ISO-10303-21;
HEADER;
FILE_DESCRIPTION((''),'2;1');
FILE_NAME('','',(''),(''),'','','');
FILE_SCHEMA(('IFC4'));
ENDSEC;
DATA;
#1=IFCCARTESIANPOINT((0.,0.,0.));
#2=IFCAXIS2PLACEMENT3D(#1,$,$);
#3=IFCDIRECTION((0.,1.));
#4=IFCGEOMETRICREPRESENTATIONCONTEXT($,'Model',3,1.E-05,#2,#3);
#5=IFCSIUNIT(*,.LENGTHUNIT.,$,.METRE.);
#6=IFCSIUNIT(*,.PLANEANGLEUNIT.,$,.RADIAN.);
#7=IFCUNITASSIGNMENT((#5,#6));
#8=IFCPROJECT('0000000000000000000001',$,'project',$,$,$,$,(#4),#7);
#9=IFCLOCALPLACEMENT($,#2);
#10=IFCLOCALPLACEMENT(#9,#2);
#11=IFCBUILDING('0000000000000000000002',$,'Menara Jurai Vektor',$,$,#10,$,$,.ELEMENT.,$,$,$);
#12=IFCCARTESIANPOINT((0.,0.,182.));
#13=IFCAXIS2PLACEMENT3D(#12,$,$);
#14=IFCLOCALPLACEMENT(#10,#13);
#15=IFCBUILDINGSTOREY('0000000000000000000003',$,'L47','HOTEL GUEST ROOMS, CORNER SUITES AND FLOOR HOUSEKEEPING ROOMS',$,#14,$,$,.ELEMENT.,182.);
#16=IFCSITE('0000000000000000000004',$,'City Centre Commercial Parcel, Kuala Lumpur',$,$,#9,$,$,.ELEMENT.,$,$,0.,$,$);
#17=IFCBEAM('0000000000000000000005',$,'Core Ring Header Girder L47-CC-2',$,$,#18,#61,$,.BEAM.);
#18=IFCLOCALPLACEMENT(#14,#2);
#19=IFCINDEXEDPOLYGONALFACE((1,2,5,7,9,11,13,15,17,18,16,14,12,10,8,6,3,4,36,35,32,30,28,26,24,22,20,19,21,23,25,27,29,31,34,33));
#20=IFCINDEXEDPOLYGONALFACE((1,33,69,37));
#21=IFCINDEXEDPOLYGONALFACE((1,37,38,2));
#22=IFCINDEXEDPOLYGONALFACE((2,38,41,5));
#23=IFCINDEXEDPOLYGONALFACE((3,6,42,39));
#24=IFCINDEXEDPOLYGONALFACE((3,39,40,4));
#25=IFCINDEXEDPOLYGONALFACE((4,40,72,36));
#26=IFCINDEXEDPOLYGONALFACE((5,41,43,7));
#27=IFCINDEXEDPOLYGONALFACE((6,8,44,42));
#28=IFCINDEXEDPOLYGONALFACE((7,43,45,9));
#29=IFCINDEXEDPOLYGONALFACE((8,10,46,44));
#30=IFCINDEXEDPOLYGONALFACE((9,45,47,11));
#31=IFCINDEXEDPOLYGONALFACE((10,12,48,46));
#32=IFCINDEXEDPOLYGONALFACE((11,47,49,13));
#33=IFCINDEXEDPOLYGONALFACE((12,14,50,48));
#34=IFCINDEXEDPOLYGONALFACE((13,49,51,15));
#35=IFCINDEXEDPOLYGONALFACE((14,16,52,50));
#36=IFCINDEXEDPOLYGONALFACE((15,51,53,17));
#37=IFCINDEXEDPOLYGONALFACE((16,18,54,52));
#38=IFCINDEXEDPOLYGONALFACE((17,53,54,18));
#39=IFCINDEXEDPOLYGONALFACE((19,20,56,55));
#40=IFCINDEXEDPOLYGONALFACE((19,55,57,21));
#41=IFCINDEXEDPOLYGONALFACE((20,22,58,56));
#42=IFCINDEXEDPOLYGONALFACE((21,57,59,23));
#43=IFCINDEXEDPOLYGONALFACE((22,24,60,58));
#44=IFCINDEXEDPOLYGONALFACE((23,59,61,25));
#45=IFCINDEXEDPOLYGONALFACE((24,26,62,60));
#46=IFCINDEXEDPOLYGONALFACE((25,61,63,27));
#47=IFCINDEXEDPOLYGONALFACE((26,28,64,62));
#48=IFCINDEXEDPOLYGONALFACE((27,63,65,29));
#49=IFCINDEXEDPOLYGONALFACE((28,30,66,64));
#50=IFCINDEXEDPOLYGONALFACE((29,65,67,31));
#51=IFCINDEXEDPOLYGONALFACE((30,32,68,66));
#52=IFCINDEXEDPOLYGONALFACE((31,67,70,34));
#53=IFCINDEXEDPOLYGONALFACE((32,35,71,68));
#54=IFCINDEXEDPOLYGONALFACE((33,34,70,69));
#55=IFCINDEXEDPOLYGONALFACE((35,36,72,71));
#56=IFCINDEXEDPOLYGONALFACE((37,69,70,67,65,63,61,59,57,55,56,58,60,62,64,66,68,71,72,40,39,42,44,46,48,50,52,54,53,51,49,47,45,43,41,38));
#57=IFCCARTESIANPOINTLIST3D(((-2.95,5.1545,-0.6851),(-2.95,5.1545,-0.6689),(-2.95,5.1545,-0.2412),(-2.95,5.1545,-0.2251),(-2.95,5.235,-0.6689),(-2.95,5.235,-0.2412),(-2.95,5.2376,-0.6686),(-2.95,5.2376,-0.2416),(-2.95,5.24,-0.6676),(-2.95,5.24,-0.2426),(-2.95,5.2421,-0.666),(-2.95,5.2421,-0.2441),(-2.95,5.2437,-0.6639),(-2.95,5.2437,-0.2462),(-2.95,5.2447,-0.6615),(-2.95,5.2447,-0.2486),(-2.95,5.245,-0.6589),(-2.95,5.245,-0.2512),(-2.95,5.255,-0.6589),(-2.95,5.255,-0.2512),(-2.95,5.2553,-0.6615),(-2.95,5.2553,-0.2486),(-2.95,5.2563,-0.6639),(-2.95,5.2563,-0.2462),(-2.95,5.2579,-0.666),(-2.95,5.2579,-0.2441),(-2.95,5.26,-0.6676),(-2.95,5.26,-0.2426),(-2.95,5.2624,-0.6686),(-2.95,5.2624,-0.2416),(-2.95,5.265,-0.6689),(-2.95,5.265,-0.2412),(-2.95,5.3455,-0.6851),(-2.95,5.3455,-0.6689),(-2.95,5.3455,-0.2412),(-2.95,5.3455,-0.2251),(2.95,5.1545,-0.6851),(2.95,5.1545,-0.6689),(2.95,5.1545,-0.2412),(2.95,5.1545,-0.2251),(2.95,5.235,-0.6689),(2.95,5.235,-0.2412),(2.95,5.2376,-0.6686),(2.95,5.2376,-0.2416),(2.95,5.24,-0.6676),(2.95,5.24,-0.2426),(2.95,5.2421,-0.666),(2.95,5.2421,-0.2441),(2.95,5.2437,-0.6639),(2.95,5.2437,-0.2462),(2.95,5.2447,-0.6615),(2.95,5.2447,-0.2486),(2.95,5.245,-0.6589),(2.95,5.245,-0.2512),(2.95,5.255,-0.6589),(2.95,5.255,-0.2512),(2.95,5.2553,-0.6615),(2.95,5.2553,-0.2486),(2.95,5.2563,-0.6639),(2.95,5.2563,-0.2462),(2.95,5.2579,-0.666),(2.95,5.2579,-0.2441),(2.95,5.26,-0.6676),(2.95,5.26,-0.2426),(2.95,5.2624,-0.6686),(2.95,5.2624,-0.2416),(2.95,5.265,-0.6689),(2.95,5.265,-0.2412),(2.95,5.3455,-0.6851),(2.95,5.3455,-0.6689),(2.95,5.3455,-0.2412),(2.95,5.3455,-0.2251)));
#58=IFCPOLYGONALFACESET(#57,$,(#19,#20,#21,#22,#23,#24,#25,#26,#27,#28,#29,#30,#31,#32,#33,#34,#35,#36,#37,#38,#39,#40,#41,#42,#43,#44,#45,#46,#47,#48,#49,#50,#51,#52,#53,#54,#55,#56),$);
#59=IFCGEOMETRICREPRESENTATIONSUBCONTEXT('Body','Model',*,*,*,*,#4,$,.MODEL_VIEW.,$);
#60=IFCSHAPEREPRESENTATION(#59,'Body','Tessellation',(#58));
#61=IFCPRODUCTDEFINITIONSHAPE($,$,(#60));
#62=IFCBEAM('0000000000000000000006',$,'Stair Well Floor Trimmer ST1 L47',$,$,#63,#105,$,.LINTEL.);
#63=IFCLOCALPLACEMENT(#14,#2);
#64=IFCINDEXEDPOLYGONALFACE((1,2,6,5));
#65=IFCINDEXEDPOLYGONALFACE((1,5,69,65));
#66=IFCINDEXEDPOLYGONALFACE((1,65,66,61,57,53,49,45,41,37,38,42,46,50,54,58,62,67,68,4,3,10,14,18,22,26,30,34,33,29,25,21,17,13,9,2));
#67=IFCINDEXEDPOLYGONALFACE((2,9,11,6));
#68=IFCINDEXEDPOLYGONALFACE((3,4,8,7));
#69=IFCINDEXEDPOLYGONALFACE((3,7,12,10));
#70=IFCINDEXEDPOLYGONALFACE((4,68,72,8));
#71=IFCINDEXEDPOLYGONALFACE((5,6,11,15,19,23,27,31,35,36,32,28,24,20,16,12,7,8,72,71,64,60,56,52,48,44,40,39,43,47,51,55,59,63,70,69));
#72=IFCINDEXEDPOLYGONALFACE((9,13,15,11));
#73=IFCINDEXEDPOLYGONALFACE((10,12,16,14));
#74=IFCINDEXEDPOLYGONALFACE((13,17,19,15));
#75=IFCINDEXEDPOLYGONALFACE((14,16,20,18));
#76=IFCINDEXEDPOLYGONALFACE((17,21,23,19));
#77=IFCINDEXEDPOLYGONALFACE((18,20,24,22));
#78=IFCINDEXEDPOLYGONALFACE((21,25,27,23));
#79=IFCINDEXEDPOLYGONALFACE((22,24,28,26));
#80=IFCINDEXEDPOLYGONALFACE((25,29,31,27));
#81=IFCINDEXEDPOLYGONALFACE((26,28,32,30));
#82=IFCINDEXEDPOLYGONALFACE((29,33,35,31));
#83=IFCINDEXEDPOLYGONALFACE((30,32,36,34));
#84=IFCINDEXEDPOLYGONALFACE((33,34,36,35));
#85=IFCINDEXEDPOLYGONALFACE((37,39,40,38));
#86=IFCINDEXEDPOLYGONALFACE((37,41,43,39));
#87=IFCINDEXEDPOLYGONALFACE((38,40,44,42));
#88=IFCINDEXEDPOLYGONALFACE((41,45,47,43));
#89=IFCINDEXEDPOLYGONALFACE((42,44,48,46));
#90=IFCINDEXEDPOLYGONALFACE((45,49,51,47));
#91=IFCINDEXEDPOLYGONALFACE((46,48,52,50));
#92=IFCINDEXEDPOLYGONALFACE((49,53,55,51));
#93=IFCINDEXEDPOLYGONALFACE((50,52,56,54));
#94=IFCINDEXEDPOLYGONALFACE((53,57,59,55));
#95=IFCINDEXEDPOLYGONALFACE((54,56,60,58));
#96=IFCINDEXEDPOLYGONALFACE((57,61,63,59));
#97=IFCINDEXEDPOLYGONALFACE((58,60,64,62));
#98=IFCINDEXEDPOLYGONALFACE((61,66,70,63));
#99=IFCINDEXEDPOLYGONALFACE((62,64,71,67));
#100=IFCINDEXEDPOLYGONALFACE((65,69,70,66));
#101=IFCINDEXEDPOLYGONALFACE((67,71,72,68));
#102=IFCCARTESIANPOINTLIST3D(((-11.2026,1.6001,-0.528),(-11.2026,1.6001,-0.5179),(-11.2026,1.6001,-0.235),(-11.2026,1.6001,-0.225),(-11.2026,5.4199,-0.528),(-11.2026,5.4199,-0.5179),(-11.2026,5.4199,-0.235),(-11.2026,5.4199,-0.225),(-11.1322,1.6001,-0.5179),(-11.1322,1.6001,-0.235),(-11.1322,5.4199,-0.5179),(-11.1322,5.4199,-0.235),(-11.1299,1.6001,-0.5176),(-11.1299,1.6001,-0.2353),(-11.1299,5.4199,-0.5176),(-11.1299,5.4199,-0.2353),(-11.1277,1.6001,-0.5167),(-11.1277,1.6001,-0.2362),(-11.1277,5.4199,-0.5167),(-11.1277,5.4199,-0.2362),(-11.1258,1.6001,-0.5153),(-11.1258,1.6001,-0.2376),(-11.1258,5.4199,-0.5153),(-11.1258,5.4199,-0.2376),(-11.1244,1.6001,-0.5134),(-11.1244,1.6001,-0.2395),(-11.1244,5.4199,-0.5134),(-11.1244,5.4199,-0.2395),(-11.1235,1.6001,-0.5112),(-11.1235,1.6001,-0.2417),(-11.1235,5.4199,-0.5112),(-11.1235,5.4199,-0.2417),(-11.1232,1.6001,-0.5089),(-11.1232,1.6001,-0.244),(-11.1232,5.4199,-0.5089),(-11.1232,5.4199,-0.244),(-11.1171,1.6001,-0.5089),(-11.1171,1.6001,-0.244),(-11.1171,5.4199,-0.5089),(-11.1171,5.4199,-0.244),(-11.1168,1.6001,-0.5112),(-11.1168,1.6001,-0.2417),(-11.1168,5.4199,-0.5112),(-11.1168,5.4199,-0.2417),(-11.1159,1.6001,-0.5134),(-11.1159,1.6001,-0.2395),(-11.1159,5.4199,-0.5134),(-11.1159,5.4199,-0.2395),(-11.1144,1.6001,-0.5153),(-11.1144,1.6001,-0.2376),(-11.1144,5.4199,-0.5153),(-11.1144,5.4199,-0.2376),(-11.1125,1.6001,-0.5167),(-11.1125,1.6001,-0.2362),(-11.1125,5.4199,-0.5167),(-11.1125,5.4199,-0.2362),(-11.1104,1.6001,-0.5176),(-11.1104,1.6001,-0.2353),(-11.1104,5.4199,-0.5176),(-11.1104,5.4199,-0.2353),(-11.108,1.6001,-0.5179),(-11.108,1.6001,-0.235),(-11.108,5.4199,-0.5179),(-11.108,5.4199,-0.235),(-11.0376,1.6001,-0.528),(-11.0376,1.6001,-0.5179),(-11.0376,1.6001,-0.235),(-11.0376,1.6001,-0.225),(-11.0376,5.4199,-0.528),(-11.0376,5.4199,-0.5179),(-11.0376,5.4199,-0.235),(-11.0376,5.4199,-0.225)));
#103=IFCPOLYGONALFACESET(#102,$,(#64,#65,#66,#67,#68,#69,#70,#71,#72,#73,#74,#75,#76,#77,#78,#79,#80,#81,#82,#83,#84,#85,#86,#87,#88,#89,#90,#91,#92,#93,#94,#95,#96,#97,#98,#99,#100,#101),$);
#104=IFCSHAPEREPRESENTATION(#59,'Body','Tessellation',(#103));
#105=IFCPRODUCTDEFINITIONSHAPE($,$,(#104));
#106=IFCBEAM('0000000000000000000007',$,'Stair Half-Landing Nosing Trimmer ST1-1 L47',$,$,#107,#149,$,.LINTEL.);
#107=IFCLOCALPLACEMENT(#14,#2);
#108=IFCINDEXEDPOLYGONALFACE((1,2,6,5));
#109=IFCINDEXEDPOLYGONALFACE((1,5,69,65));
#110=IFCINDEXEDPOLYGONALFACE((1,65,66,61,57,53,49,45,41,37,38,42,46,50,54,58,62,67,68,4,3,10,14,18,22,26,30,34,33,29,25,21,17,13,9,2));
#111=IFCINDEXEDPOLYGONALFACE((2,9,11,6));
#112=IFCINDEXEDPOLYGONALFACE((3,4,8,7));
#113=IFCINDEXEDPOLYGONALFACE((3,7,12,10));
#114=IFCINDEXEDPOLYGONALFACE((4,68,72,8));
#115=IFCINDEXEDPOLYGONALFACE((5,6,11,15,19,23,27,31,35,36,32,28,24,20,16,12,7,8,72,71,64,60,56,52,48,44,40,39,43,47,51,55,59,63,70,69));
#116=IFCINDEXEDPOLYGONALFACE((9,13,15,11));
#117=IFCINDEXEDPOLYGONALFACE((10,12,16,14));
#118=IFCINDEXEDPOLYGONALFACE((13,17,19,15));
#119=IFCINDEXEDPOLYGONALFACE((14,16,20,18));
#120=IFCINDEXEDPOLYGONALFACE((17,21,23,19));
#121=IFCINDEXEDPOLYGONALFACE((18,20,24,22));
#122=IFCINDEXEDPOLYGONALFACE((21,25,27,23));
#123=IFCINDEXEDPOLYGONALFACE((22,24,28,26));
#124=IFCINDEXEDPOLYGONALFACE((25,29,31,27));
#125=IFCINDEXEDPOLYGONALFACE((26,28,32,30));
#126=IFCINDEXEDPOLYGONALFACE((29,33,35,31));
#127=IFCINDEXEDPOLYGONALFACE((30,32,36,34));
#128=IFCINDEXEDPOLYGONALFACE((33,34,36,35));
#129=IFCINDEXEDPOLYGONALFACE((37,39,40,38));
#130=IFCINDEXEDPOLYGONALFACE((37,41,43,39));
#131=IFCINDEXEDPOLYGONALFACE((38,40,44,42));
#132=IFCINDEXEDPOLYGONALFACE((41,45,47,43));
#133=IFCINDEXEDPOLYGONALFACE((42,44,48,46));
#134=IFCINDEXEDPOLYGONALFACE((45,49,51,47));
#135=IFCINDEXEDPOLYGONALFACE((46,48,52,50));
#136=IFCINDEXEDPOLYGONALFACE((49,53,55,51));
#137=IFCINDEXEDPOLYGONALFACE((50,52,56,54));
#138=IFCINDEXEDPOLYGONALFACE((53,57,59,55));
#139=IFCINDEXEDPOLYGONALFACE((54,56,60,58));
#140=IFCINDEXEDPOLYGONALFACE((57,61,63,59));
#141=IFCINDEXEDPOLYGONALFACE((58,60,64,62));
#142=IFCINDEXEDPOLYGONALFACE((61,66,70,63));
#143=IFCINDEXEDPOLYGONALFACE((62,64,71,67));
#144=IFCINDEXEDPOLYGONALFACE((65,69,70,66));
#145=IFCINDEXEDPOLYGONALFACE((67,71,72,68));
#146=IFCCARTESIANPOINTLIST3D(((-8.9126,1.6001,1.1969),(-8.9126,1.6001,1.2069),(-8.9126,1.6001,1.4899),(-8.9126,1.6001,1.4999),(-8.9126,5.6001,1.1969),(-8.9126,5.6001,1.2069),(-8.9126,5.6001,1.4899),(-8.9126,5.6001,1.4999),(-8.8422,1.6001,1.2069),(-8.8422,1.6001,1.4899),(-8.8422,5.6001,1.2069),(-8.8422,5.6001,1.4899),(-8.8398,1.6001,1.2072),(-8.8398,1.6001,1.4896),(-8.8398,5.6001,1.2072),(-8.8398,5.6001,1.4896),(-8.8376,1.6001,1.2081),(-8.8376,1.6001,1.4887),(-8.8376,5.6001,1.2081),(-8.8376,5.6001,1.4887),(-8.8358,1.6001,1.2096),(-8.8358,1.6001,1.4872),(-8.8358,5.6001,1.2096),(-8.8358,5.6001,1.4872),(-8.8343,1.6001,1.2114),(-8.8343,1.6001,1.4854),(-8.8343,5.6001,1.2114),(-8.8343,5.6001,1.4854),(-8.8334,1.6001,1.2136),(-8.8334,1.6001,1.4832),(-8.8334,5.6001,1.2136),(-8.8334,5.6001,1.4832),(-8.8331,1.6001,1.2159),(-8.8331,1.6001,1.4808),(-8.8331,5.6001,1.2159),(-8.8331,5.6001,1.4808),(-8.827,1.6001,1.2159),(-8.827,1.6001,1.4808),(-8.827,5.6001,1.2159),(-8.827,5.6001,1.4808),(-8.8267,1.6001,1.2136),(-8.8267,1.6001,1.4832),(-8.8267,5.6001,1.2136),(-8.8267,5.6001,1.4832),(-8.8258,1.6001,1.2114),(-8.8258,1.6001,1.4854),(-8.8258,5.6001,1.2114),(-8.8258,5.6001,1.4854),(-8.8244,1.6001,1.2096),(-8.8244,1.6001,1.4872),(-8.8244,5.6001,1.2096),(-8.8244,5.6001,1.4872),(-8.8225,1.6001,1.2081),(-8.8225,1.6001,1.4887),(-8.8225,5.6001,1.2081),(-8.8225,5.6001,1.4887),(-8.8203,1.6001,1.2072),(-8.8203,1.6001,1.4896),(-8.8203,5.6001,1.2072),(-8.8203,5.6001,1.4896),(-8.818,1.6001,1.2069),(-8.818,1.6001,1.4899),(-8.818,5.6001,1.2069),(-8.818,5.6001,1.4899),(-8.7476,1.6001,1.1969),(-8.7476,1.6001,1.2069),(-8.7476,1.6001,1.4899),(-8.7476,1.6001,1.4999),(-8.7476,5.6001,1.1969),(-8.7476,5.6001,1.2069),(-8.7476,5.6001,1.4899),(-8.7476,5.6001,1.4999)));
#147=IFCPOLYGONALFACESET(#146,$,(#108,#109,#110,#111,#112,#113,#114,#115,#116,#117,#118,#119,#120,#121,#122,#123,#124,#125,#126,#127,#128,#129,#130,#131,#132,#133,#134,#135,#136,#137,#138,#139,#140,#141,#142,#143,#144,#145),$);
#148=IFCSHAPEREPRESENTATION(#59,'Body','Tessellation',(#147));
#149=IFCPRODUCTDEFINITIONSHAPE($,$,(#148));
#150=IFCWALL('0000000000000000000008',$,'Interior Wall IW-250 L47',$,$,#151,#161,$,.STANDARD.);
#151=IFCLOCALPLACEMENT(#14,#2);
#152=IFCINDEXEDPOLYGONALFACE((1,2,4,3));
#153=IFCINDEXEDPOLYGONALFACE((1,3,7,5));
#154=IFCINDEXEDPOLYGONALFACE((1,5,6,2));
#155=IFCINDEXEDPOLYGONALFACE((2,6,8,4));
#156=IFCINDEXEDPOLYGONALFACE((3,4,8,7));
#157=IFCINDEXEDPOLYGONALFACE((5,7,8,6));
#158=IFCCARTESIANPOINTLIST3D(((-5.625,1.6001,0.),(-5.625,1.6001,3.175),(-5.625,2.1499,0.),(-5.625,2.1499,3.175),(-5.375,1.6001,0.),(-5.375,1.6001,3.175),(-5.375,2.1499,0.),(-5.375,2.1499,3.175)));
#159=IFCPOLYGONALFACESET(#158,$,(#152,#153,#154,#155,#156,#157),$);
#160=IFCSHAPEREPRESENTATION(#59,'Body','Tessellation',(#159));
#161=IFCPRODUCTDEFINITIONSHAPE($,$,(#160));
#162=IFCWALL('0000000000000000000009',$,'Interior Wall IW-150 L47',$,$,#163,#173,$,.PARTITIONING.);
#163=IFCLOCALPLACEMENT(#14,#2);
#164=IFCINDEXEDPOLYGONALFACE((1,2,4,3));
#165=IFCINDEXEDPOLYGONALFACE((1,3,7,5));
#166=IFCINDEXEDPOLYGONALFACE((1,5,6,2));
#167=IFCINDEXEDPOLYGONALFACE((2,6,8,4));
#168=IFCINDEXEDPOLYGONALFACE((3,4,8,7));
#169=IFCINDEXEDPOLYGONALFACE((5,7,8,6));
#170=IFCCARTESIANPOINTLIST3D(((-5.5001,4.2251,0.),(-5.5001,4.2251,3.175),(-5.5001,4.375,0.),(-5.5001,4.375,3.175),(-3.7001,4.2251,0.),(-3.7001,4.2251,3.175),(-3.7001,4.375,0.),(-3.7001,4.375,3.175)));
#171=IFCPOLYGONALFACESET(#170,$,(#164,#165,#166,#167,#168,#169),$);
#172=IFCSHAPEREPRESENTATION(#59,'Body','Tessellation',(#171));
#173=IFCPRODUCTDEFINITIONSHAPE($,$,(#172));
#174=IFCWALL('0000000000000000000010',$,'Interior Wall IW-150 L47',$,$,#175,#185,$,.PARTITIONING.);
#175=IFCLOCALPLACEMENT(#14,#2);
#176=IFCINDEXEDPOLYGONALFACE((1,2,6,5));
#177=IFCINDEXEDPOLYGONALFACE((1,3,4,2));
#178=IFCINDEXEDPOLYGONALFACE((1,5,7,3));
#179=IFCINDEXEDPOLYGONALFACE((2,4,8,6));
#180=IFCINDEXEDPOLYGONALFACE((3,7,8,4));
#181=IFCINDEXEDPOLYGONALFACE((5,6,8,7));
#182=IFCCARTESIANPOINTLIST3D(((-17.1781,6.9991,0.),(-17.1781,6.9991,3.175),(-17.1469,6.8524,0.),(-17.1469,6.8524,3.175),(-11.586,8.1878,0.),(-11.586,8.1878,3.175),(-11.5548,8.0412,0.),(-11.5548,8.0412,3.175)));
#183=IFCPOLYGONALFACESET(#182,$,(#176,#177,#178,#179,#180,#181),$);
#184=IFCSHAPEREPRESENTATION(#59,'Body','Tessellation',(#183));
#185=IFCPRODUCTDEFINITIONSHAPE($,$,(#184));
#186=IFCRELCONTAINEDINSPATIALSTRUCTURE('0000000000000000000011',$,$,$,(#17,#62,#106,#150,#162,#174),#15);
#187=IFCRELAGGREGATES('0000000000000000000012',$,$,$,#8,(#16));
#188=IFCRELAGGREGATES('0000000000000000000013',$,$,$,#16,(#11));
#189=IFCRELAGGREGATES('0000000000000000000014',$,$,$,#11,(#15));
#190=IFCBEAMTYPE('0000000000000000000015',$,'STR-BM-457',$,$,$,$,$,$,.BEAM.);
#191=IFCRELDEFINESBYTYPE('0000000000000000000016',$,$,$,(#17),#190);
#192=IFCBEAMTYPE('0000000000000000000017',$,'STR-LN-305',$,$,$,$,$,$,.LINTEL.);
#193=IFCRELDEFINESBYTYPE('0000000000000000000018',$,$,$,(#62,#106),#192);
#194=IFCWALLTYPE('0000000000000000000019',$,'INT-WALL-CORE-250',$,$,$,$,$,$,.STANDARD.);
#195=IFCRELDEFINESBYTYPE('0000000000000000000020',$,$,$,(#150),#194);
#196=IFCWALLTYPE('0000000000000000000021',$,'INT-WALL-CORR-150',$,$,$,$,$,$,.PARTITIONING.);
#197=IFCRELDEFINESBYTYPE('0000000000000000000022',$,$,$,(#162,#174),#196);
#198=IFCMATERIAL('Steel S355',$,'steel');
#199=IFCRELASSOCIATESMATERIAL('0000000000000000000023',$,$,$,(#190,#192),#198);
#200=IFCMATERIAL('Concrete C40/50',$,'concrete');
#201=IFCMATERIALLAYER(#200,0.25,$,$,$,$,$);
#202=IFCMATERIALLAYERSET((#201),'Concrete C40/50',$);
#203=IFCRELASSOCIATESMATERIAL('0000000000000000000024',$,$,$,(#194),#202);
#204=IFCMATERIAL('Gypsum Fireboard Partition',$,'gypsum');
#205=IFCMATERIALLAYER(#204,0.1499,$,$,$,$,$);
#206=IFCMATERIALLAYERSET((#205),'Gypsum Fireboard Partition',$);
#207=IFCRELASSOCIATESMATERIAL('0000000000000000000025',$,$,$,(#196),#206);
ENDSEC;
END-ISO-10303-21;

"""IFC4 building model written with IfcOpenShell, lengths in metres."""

from ifc_helpers import new_model, si_unit, direction, frame, frame_2d, origin, origin_2d, place, context, subcontext, project, spatial, rectangle, i_section, extrude, material, layer, layer_set, material_profile, profile_set, type_object, element, save


model = new_model("IFC4")

# Units and contexts
model_context = context("Model", 3, precision=1e-05, world=origin(), true_north=direction((0.0, 1.0)))
body_context = subcontext(model_context, "Body", "Model", "MODEL_VIEW")
ifc_project = project(units=[si_unit("LENGTHUNIT", "METRE"), si_unit("PLANEANGLEUNIT", "RADIAN")], contexts=[model_context])

# Site, building, storey
site_placement = place(None, origin())
site = spatial("IfcSite", under=ifc_project, at=site_placement, Name="City Centre Commercial Parcel, Kuala Lumpur", CompositionType="ELEMENT", RefElevation=0.0)
building_placement = place(site_placement, origin())
building = spatial("IfcBuilding", under=site, at=building_placement, Name="Menara Jurai Vektor", CompositionType="ELEMENT")
storey_placement = place(building_placement, frame((0.0, 0.0, 182.0)))
storey = spatial("IfcBuildingStorey", under=building, at=storey_placement, Name="L47", Description="HOTEL GUEST ROOMS, CORNER SUITES AND FLOOR HOUSEKEEPING ROOMS", CompositionType="ELEMENT", Elevation=182.0)

# Shared definitions
ifc_material_1 = material(Name="Steel S355", Category="steel")

# Beams
ifc_material_profile_1 = material_profile(ifc_material_1, i_section(OverallWidth=0.1909, OverallDepth=0.46, WebThickness=0.01, FlangeThickness=0.0161, FilletRadius=0.01, at=origin_2d()), Name="UKB 457x191x82")
ifc_profile_set_1 = profile_set([ifc_material_profile_1], Name="Steel S355")
beam_type_1 = type_object("IfcBeamType", Name="STR-BM-457", PredefinedType="BEAM", material=ifc_profile_set_1)
beam_1_placement = place(storey_placement, frame((-2.95, 5.25, -0.4551), z_axis=(1.0, 0.0, 0.0), x_axis=(0.0, 1.0, 0.0)))
element("IfcBeam", 1, at=beam_1_placement, inside=storey, type_object=beam_type_1, Name="Core Ring Header Girder L47-CC-2", PredefinedType="BEAM", context=body_context, shape_type="SweptSolid", body=[
    extrude(i_section(OverallWidth=0.1909, OverallDepth=0.46, WebThickness=0.01, FlangeThickness=0.0161, FilletRadius=0.01, at=origin_2d()), origin(), (0.0, 0.0, 1.0), 5.8999),
])
ifc_material_profile_2 = material_profile(ifc_material_1, i_section(OverallWidth=0.165, OverallDepth=0.303, WebThickness=0.0061, FlangeThickness=0.01, FilletRadius=0.009, at=origin_2d()), Name="UKB 305x165x40")
ifc_profile_set_2 = profile_set([ifc_material_profile_2], Name="Steel S355")
beam_type_2 = type_object("IfcBeamType", Name="STR-LN-305", PredefinedType="LINTEL", material=ifc_profile_set_2)
beam_2_placement = place(storey_placement, frame((-11.1201, 1.6001, -0.3765), z_axis=(0.0, 1.0, 0.0), x_axis=(-1.0, 0.0, 0.0)))
element("IfcBeam", 2, at=beam_2_placement, inside=storey, type_object=beam_type_2, Name="Stair Well Floor Trimmer ST1 L47", PredefinedType="LINTEL", context=body_context, shape_type="SweptSolid", body=[
    extrude(i_section(OverallWidth=0.165, OverallDepth=0.303, WebThickness=0.0061, FlangeThickness=0.01, FilletRadius=0.009, at=origin_2d()), origin(), (0.0, 0.0, 1.0), 3.8198),
])
beam_3_placement = place(storey_placement, frame((-8.8301, 1.6001, 1.3484), z_axis=(0.0, 1.0, 0.0), x_axis=(-1.0, 0.0, 0.0)))
element("IfcBeam", 3, at=beam_3_placement, inside=storey, type_object=beam_type_2, Name="Stair Half-Landing Nosing Trimmer ST1-1 L47", PredefinedType="LINTEL", context=body_context, shape_type="SweptSolid", body=[
    extrude(i_section(OverallWidth=0.165, OverallDepth=0.303, WebThickness=0.0061, FlangeThickness=0.01, FilletRadius=0.009, at=origin_2d()), origin(), (0.0, 0.0, 1.0), 4.0),
])

# Shared definitions
ifc_material_2 = material(Name="Concrete C40/50", Category="concrete")
ifc_layer_1 = layer(ifc_material_2, 0.25)
ifc_layer_set_1 = layer_set([ifc_layer_1], Name="Concrete C40/50")
wall_type_1 = type_object("IfcWallType", Name="INT-WALL-CORE-250", PredefinedType="STANDARD", material=ifc_layer_set_1)

# Walls
wall_1_placement = place(storey_placement, frame((-5.5, 1.6001, 0.0), z_axis=(0.0, 0.0, 1.0), x_axis=(0.0, 1.0, 0.0)))
element("IfcWall", 4, at=wall_1_placement, inside=storey, type_object=wall_type_1, Name="Interior Wall IW-250 L47", PredefinedType="STANDARD", context=body_context, shape_type="SweptSolid", body=[
    extrude(rectangle(XDim=0.5498, YDim=0.25, at=frame_2d((0.2749, 0.0))), origin(), (0.0, 0.0, 1.0), 3.175),
])
ifc_material_3 = material(Name="Gypsum Fireboard Partition", Category="gypsum")
ifc_layer_2 = layer(ifc_material_3, 0.1499)
ifc_layer_set_2 = layer_set([ifc_layer_2], Name="Gypsum Fireboard Partition")
wall_type_2 = type_object("IfcWallType", Name="INT-WALL-CORR-150", PredefinedType="PARTITIONING", material=ifc_layer_set_2)
wall_2_placement = place(storey_placement, frame((-5.5, 4.3, 0.0), z_axis=(0.0, 0.0, 1.0), x_axis=(1.0, 0.0, 0.0)))
element("IfcWall", 5, at=wall_2_placement, inside=storey, type_object=wall_type_2, Name="Interior Wall IW-150 L47", PredefinedType="PARTITIONING", context=body_context, shape_type="SweptSolid", body=[
    extrude(rectangle(XDim=1.8, YDim=0.1499, at=frame_2d((0.8999, 0.0))), origin(), (0.0, 0.0, 1.0), 3.175),
])
wall_3_placement = place(storey_placement, frame((-17.1624, 6.9258, 0.0), z_axis=(0.0, 0.0, 1.0), x_axis=(0.978144, 0.207928, 0.0)))
element("IfcWall", 6, at=wall_3_placement, inside=storey, type_object=wall_type_2, Name="Interior Wall IW-150 L47", PredefinedType="PARTITIONING", context=body_context, shape_type="SweptSolid", body=[
    extrude(rectangle(XDim=5.717, YDim=0.1499, at=frame_2d((2.8584, 0.0))), origin(), (0.0, 0.0, 1.0), 3.175),
])

save(model, "model.ifc")
